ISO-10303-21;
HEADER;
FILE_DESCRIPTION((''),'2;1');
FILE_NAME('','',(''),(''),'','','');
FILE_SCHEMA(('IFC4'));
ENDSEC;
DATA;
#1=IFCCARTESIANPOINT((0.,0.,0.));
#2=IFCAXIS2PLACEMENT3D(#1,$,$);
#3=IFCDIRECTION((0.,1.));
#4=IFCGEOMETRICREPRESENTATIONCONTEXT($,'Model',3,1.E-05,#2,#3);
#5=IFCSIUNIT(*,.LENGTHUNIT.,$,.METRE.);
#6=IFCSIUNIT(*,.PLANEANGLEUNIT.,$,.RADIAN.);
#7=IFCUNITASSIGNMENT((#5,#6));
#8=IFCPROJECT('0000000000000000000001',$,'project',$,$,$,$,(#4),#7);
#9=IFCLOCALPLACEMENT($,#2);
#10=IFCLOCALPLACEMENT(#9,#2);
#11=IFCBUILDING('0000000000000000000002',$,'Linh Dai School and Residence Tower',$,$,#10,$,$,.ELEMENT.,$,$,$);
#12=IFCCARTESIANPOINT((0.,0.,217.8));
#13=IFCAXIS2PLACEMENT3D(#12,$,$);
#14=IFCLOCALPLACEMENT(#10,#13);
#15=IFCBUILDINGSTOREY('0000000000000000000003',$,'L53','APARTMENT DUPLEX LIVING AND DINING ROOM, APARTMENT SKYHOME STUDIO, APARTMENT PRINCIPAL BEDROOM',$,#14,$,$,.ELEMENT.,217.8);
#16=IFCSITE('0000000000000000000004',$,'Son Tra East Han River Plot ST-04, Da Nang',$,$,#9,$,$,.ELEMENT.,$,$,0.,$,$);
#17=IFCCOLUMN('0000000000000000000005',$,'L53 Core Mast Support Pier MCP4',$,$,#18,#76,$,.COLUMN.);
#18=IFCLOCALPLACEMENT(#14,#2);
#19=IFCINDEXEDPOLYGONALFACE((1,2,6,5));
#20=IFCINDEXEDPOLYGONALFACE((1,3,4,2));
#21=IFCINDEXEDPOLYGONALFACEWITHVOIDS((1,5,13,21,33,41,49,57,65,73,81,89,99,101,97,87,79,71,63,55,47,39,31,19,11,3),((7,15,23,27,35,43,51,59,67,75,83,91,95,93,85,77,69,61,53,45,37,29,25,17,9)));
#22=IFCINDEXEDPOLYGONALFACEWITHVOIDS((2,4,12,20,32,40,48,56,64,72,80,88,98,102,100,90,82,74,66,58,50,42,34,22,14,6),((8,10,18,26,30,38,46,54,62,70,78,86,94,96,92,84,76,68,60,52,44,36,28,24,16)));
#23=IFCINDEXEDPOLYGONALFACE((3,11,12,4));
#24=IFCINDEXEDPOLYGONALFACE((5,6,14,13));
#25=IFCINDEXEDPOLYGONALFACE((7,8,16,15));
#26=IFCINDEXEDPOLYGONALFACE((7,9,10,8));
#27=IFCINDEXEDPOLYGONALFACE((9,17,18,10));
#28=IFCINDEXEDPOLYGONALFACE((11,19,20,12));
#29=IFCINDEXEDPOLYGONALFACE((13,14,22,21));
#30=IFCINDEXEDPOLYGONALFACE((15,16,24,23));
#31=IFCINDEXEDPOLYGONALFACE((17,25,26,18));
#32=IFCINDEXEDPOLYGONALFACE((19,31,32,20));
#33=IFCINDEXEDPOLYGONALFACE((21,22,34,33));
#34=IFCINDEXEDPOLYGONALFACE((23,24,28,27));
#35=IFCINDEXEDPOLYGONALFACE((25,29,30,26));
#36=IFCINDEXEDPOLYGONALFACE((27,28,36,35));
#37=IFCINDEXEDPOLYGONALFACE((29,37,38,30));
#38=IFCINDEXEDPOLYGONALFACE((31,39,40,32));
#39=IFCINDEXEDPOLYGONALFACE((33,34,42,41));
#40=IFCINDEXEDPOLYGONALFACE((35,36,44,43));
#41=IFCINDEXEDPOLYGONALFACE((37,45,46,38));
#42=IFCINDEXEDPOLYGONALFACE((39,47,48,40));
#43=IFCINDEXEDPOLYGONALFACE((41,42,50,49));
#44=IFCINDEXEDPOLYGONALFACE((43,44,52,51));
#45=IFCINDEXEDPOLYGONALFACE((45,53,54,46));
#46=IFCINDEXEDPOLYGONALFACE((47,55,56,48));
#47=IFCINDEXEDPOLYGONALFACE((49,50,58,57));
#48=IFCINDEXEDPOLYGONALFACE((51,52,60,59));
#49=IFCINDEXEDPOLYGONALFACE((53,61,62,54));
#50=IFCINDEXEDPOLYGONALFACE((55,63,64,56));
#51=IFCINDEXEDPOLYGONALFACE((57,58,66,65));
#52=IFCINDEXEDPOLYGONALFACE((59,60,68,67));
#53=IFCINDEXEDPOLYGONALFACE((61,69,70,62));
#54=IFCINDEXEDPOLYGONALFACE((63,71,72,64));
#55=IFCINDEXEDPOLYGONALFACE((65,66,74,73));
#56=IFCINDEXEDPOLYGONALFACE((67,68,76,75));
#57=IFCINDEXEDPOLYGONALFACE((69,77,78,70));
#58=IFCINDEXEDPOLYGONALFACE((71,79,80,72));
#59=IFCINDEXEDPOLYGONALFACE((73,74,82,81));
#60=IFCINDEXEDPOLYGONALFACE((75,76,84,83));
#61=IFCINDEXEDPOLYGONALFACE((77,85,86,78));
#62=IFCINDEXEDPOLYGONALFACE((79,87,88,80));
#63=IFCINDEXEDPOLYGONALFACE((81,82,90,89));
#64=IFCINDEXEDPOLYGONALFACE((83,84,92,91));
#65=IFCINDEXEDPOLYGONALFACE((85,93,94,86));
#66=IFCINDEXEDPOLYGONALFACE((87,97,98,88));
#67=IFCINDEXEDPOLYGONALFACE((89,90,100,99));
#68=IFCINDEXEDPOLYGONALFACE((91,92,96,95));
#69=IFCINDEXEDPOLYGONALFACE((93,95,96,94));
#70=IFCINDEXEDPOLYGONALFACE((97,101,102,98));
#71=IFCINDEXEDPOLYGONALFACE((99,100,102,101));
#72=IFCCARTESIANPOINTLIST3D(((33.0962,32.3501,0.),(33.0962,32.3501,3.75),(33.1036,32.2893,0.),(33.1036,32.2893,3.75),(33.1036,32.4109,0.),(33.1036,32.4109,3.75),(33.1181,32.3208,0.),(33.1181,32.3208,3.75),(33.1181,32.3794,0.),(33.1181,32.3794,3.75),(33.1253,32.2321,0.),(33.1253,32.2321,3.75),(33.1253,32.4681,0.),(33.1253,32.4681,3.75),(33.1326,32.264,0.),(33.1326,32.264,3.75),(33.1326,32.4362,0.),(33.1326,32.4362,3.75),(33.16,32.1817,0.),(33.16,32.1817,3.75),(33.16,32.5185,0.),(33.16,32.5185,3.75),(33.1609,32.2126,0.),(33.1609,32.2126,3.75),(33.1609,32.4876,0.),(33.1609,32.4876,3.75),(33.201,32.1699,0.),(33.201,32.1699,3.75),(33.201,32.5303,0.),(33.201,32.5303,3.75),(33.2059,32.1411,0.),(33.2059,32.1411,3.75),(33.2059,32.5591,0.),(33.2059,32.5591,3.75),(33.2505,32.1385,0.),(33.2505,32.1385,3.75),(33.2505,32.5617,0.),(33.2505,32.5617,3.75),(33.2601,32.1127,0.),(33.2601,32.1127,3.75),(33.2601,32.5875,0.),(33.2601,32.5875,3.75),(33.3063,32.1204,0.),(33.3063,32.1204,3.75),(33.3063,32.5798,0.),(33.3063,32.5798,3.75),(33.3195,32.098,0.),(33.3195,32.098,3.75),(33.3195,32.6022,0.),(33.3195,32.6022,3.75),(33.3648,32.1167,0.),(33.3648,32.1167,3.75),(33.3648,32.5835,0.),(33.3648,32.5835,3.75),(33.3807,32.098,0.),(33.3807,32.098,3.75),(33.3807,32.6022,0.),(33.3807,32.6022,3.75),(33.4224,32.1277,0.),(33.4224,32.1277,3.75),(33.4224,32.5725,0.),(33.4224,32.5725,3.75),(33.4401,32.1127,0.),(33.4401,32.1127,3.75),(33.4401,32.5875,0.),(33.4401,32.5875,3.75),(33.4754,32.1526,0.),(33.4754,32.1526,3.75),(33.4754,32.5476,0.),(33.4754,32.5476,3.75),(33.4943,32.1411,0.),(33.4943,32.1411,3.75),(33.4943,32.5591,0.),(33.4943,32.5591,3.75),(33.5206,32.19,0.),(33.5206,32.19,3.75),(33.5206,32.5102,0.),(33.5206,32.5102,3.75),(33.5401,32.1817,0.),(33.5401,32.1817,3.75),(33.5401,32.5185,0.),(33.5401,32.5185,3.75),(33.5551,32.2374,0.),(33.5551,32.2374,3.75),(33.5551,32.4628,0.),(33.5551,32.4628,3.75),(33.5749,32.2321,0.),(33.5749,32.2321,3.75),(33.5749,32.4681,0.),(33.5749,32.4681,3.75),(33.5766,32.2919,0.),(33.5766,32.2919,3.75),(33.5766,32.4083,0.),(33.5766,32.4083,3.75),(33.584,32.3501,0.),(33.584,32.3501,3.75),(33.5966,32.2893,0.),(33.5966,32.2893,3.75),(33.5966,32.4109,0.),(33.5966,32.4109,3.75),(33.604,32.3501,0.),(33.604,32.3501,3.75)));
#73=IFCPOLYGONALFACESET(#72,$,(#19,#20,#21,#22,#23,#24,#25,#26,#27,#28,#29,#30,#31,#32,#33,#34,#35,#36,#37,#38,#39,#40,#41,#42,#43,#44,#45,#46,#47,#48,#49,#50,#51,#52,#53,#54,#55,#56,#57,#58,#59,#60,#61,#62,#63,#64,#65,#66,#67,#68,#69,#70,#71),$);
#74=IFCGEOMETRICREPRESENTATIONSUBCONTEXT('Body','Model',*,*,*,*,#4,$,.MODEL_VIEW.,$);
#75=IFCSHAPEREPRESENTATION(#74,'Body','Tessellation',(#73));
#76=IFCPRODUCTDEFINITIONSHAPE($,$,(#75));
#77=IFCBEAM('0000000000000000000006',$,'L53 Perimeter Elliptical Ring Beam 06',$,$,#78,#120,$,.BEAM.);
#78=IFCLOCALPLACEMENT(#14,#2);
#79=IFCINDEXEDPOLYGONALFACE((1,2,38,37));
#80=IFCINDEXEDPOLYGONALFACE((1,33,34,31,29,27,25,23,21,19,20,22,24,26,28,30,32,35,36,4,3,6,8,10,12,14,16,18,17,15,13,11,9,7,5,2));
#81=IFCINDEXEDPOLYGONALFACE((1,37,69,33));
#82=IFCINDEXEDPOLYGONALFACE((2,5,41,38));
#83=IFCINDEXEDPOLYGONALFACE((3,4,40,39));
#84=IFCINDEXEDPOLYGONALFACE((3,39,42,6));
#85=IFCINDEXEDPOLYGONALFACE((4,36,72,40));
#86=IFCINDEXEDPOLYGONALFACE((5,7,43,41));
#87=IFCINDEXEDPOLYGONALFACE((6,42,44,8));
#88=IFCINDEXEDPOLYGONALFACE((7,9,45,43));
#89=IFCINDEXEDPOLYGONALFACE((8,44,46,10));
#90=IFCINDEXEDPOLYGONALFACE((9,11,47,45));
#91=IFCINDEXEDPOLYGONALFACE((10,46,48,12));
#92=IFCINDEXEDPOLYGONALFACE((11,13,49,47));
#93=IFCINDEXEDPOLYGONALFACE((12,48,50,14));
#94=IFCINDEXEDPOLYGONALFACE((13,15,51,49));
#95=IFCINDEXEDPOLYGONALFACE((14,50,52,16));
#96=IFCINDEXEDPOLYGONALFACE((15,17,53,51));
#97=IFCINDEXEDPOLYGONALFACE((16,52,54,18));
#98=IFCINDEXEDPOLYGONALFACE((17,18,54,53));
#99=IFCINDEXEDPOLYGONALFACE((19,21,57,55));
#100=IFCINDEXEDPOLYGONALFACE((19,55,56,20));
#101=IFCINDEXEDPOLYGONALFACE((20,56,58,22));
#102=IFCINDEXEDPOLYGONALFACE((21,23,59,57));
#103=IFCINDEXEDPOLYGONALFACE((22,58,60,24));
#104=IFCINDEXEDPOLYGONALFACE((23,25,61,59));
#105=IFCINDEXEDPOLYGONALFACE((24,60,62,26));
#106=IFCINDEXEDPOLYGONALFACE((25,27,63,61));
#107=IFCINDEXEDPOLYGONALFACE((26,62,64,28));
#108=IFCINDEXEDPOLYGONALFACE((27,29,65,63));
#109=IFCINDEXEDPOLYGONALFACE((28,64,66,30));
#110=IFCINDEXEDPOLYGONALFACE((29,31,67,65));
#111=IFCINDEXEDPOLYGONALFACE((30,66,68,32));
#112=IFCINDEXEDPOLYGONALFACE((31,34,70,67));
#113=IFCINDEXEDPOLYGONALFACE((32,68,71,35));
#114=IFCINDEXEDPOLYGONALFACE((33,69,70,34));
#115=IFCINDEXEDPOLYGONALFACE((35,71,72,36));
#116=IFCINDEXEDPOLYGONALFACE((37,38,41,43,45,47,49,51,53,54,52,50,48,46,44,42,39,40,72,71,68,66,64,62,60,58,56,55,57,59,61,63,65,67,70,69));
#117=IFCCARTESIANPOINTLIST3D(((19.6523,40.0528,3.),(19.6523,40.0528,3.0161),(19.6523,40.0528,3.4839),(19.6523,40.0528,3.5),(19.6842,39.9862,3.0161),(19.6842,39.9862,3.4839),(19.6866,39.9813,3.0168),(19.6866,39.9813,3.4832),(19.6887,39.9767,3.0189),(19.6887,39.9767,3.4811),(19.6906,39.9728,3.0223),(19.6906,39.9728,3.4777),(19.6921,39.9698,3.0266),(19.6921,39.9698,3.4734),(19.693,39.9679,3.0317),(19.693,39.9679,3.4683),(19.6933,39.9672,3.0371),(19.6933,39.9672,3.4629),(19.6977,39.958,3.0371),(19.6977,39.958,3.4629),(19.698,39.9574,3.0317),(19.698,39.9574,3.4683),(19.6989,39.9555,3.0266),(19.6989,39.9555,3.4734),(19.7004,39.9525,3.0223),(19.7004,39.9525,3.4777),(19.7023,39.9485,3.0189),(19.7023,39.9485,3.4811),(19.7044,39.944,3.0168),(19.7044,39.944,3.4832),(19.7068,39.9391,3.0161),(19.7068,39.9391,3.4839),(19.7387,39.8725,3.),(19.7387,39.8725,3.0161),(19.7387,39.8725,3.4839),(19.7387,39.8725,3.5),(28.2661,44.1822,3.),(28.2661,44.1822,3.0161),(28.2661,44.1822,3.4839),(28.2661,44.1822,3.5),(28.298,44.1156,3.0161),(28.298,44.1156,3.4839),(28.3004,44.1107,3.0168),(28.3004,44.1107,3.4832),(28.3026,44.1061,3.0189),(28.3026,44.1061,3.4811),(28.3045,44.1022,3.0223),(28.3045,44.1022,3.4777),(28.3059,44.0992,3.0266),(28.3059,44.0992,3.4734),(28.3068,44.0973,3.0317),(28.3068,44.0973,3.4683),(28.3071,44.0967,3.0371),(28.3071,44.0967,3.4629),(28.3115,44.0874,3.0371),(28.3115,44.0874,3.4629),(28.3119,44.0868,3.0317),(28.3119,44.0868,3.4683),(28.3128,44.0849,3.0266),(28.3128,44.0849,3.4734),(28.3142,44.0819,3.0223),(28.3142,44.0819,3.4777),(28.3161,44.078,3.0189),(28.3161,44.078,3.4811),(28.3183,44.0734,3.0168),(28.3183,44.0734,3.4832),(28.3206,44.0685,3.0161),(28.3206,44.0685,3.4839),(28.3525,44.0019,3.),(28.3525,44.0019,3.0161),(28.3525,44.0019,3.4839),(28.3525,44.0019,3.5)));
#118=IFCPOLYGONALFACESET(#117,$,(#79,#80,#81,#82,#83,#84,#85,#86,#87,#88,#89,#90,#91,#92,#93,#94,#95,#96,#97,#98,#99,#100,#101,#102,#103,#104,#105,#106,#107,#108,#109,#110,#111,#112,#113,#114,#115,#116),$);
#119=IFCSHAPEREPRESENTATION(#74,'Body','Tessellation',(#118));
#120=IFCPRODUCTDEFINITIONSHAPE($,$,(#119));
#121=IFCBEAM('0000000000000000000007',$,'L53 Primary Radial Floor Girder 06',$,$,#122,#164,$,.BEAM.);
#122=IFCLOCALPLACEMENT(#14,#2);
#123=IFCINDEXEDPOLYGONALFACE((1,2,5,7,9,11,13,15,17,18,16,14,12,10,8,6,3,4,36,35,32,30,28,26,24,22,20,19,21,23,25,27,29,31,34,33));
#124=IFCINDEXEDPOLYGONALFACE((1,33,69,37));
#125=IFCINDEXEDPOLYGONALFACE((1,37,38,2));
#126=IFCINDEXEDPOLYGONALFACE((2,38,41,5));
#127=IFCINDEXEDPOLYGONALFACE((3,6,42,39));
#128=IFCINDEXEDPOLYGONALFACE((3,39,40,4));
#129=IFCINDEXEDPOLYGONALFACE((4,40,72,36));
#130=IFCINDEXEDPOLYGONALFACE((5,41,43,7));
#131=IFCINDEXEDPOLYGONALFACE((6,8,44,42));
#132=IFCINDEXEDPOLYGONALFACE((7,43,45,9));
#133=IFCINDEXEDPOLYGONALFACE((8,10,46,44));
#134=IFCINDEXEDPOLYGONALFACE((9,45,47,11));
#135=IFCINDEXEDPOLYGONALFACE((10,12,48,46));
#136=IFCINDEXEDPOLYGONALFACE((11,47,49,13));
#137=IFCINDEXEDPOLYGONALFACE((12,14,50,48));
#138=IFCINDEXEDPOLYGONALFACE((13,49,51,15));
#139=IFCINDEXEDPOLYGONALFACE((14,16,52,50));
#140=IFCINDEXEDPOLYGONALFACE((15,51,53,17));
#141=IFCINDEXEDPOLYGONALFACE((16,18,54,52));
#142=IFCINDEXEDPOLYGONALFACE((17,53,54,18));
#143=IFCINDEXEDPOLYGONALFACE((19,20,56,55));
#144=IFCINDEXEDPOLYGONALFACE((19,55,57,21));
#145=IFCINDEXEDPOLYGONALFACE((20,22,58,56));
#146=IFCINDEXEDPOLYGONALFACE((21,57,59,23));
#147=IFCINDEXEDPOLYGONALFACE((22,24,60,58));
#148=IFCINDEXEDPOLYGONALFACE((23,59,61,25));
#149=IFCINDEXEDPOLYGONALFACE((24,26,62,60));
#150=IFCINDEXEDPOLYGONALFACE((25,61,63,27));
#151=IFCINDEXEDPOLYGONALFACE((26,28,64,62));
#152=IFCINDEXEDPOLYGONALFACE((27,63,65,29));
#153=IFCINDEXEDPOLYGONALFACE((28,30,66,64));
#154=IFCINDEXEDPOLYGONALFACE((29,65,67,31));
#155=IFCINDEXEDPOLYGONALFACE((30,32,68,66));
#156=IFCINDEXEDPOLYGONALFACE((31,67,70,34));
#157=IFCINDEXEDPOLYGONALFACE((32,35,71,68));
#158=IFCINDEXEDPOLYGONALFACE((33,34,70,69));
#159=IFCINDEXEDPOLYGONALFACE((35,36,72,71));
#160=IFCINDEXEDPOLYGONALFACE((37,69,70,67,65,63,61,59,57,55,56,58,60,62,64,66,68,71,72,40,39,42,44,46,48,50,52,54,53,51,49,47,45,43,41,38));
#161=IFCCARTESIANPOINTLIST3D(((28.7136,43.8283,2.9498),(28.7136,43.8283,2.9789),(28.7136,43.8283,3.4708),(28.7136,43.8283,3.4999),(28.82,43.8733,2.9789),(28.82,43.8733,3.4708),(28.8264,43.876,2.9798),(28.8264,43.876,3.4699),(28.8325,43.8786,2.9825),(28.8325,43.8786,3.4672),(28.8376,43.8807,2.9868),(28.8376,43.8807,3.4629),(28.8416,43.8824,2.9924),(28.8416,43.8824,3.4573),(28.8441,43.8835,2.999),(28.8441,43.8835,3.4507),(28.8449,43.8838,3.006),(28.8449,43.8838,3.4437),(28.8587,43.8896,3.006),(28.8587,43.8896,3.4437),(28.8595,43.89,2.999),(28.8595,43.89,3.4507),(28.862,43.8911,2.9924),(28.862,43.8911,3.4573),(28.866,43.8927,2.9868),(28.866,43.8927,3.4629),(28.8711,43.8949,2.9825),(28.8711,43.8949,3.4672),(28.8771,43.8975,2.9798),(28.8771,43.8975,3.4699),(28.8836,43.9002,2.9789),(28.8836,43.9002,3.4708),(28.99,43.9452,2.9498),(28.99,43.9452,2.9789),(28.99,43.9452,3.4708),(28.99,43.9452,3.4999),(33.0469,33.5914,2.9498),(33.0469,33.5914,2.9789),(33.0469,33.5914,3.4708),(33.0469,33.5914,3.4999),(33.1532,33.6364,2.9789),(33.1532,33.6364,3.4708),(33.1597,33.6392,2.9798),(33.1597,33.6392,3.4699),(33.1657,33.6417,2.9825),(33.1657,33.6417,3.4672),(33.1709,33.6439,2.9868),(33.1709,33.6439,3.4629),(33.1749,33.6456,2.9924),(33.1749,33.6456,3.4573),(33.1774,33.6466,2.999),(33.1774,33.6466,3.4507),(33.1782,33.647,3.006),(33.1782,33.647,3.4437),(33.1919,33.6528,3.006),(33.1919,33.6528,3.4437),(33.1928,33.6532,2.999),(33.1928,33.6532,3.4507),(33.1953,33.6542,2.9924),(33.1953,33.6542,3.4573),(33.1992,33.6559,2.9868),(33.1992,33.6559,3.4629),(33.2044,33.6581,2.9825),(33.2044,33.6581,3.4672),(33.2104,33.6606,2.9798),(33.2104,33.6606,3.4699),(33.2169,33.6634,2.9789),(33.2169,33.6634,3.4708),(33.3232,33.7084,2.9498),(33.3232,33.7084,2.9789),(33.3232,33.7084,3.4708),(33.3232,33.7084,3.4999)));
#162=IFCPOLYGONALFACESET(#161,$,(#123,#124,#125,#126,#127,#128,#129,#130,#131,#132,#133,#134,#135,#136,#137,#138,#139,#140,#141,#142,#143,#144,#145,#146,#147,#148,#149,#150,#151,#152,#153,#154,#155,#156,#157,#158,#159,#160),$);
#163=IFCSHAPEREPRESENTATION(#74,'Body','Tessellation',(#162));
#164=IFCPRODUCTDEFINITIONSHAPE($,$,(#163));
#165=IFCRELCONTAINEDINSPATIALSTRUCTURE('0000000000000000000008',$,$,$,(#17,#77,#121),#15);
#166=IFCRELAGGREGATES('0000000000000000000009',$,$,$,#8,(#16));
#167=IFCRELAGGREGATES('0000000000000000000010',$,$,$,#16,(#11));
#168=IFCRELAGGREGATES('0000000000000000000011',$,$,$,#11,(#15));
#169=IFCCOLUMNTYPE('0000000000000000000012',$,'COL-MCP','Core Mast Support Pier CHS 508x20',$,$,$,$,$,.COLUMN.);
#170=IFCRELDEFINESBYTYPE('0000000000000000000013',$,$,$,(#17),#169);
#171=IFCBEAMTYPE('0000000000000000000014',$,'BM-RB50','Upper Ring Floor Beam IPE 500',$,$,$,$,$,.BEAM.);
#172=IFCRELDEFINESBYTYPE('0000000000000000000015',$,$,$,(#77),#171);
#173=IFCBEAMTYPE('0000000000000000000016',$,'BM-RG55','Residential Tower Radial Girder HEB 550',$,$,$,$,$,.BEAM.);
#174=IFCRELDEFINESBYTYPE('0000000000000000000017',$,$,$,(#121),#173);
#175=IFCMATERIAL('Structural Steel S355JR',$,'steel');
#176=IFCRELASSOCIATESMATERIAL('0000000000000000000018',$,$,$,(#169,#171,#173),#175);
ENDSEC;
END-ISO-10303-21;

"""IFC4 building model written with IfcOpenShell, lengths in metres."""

from ifc_helpers import new_model, si_unit, direction, frame, origin, origin_2d, place, context, subcontext, project, spatial, hollow_circle, i_section, extrude, material, material_profile, profile_set, type_object, element, save


model = new_model("IFC4")

# Units and contexts
model_context = context("Model", 3, precision=1e-05, world=origin(), true_north=direction((0.0, 1.0)))
body_context = subcontext(model_context, "Body", "Model", "MODEL_VIEW")
ifc_project = project(units=[si_unit("LENGTHUNIT", "METRE"), si_unit("PLANEANGLEUNIT", "RADIAN")], contexts=[model_context])

# Site, building, storey
site_placement = place(None, origin())
site = spatial("IfcSite", under=ifc_project, at=site_placement, Name="Son Tra East Han River Plot ST-04, Da Nang", CompositionType="ELEMENT", RefElevation=0.0)
building_placement = place(site_placement, origin())
building = spatial("IfcBuilding", under=site, at=building_placement, Name="Linh Dai School and Residence Tower", CompositionType="ELEMENT")
storey_placement = place(building_placement, frame((0.0, 0.0, 217.8)))
storey = spatial("IfcBuildingStorey", under=building, at=storey_placement, Name="L53", Description="APARTMENT DUPLEX LIVING AND DINING ROOM, APARTMENT SKYHOME STUDIO, APARTMENT PRINCIPAL BEDROOM", CompositionType="ELEMENT", Elevation=217.8)

# Column
ifc_material_1 = material(Name="Structural Steel S355JR", Category="steel")
ifc_material_profile_1 = material_profile(ifc_material_1, hollow_circle(Radius=0.2539, WallThickness=0.02, at=origin_2d()), Name="CHS 508x20")
ifc_profile_set_1 = profile_set([ifc_material_profile_1], Name="Structural Steel S355JR")
column_type_1 = type_object("IfcColumnType", Name="COL-MCP", Description="Core Mast Support Pier CHS 508x20", PredefinedType="COLUMN", material=ifc_profile_set_1)
column_1_placement = place(storey_placement, frame((33.3501, 32.3501, 0.0), z_axis=(0.0, 0.0, 1.0), x_axis=(1.0, 0.0, 0.0)))
element("IfcColumn", 1, at=column_1_placement, inside=storey, type_object=column_type_1, Name="L53 Core Mast Support Pier MCP4", PredefinedType="COLUMN", context=body_context, shape_type="SweptSolid", body=[
    extrude(hollow_circle(Radius=0.2539, WallThickness=0.02, at=origin_2d()), origin(), (0.0, 0.0, 1.0), 3.75),
])

# Beams
ifc_material_profile_2 = material_profile(ifc_material_1, i_section(OverallWidth=0.2, OverallDepth=0.5, WebThickness=0.0103, FlangeThickness=0.0161, FilletRadius=0.021, at=origin_2d()), Name="IPE 500")
ifc_profile_set_2 = profile_set([ifc_material_profile_2], Name="Structural Steel S355JR")
beam_type_1 = type_object("IfcBeamType", Name="BM-RB50", Description="Upper Ring Floor Beam IPE 500", PredefinedType="BEAM", material=ifc_profile_set_2)
beam_1_placement = place(storey_placement, frame((28.3093, 44.092, 3.25), z_axis=(-0.901736, -0.432287, 0.0), x_axis=(0.432287, -0.901736, 0.0)))
element("IfcBeam", 2, at=beam_1_placement, inside=storey, type_object=beam_type_1, Name="L53 Perimeter Elliptical Ring Beam 06", PredefinedType="BEAM", context=body_context, shape_type="SweptSolid", body=[
    extrude(i_section(OverallWidth=0.2, OverallDepth=0.5, WebThickness=0.0103, FlangeThickness=0.0161, FilletRadius=0.021, at=origin_2d()), origin(), (0.0, 0.0, 1.0), 9.5525),
])
ifc_material_profile_3 = material_profile(ifc_material_1, i_section(OverallWidth=0.3, OverallDepth=0.55, WebThickness=0.0149, FlangeThickness=0.0291, FilletRadius=0.0271, at=origin_2d()), Name="HEB 550")
ifc_profile_set_3 = profile_set([ifc_material_profile_3], Name="Structural Steel S355JR")
beam_type_2 = type_object("IfcBeamType", Name="BM-RG55", Description="Residential Tower Radial Girder HEB 550", PredefinedType="BEAM", material=ifc_profile_set_3)
beam_2_placement = place(storey_placement, frame((33.1851, 33.6499, 3.2249), z_axis=(-0.389815, 0.920893, 0.0), x_axis=(-0.920893, -0.389815, 0.0)))
element("IfcBeam", 3, at=beam_2_placement, inside=storey, type_object=beam_type_2, Name="L53 Primary Radial Floor Girder 06", PredefinedType="BEAM", context=body_context, shape_type="SweptSolid", body=[
    extrude(i_section(OverallWidth=0.3, OverallDepth=0.55, WebThickness=0.0149, FlangeThickness=0.0291, FilletRadius=0.0271, at=origin_2d()), origin(), (0.0, 0.0, 1.0), 11.1162),
])

save(model, "model.ifc")
